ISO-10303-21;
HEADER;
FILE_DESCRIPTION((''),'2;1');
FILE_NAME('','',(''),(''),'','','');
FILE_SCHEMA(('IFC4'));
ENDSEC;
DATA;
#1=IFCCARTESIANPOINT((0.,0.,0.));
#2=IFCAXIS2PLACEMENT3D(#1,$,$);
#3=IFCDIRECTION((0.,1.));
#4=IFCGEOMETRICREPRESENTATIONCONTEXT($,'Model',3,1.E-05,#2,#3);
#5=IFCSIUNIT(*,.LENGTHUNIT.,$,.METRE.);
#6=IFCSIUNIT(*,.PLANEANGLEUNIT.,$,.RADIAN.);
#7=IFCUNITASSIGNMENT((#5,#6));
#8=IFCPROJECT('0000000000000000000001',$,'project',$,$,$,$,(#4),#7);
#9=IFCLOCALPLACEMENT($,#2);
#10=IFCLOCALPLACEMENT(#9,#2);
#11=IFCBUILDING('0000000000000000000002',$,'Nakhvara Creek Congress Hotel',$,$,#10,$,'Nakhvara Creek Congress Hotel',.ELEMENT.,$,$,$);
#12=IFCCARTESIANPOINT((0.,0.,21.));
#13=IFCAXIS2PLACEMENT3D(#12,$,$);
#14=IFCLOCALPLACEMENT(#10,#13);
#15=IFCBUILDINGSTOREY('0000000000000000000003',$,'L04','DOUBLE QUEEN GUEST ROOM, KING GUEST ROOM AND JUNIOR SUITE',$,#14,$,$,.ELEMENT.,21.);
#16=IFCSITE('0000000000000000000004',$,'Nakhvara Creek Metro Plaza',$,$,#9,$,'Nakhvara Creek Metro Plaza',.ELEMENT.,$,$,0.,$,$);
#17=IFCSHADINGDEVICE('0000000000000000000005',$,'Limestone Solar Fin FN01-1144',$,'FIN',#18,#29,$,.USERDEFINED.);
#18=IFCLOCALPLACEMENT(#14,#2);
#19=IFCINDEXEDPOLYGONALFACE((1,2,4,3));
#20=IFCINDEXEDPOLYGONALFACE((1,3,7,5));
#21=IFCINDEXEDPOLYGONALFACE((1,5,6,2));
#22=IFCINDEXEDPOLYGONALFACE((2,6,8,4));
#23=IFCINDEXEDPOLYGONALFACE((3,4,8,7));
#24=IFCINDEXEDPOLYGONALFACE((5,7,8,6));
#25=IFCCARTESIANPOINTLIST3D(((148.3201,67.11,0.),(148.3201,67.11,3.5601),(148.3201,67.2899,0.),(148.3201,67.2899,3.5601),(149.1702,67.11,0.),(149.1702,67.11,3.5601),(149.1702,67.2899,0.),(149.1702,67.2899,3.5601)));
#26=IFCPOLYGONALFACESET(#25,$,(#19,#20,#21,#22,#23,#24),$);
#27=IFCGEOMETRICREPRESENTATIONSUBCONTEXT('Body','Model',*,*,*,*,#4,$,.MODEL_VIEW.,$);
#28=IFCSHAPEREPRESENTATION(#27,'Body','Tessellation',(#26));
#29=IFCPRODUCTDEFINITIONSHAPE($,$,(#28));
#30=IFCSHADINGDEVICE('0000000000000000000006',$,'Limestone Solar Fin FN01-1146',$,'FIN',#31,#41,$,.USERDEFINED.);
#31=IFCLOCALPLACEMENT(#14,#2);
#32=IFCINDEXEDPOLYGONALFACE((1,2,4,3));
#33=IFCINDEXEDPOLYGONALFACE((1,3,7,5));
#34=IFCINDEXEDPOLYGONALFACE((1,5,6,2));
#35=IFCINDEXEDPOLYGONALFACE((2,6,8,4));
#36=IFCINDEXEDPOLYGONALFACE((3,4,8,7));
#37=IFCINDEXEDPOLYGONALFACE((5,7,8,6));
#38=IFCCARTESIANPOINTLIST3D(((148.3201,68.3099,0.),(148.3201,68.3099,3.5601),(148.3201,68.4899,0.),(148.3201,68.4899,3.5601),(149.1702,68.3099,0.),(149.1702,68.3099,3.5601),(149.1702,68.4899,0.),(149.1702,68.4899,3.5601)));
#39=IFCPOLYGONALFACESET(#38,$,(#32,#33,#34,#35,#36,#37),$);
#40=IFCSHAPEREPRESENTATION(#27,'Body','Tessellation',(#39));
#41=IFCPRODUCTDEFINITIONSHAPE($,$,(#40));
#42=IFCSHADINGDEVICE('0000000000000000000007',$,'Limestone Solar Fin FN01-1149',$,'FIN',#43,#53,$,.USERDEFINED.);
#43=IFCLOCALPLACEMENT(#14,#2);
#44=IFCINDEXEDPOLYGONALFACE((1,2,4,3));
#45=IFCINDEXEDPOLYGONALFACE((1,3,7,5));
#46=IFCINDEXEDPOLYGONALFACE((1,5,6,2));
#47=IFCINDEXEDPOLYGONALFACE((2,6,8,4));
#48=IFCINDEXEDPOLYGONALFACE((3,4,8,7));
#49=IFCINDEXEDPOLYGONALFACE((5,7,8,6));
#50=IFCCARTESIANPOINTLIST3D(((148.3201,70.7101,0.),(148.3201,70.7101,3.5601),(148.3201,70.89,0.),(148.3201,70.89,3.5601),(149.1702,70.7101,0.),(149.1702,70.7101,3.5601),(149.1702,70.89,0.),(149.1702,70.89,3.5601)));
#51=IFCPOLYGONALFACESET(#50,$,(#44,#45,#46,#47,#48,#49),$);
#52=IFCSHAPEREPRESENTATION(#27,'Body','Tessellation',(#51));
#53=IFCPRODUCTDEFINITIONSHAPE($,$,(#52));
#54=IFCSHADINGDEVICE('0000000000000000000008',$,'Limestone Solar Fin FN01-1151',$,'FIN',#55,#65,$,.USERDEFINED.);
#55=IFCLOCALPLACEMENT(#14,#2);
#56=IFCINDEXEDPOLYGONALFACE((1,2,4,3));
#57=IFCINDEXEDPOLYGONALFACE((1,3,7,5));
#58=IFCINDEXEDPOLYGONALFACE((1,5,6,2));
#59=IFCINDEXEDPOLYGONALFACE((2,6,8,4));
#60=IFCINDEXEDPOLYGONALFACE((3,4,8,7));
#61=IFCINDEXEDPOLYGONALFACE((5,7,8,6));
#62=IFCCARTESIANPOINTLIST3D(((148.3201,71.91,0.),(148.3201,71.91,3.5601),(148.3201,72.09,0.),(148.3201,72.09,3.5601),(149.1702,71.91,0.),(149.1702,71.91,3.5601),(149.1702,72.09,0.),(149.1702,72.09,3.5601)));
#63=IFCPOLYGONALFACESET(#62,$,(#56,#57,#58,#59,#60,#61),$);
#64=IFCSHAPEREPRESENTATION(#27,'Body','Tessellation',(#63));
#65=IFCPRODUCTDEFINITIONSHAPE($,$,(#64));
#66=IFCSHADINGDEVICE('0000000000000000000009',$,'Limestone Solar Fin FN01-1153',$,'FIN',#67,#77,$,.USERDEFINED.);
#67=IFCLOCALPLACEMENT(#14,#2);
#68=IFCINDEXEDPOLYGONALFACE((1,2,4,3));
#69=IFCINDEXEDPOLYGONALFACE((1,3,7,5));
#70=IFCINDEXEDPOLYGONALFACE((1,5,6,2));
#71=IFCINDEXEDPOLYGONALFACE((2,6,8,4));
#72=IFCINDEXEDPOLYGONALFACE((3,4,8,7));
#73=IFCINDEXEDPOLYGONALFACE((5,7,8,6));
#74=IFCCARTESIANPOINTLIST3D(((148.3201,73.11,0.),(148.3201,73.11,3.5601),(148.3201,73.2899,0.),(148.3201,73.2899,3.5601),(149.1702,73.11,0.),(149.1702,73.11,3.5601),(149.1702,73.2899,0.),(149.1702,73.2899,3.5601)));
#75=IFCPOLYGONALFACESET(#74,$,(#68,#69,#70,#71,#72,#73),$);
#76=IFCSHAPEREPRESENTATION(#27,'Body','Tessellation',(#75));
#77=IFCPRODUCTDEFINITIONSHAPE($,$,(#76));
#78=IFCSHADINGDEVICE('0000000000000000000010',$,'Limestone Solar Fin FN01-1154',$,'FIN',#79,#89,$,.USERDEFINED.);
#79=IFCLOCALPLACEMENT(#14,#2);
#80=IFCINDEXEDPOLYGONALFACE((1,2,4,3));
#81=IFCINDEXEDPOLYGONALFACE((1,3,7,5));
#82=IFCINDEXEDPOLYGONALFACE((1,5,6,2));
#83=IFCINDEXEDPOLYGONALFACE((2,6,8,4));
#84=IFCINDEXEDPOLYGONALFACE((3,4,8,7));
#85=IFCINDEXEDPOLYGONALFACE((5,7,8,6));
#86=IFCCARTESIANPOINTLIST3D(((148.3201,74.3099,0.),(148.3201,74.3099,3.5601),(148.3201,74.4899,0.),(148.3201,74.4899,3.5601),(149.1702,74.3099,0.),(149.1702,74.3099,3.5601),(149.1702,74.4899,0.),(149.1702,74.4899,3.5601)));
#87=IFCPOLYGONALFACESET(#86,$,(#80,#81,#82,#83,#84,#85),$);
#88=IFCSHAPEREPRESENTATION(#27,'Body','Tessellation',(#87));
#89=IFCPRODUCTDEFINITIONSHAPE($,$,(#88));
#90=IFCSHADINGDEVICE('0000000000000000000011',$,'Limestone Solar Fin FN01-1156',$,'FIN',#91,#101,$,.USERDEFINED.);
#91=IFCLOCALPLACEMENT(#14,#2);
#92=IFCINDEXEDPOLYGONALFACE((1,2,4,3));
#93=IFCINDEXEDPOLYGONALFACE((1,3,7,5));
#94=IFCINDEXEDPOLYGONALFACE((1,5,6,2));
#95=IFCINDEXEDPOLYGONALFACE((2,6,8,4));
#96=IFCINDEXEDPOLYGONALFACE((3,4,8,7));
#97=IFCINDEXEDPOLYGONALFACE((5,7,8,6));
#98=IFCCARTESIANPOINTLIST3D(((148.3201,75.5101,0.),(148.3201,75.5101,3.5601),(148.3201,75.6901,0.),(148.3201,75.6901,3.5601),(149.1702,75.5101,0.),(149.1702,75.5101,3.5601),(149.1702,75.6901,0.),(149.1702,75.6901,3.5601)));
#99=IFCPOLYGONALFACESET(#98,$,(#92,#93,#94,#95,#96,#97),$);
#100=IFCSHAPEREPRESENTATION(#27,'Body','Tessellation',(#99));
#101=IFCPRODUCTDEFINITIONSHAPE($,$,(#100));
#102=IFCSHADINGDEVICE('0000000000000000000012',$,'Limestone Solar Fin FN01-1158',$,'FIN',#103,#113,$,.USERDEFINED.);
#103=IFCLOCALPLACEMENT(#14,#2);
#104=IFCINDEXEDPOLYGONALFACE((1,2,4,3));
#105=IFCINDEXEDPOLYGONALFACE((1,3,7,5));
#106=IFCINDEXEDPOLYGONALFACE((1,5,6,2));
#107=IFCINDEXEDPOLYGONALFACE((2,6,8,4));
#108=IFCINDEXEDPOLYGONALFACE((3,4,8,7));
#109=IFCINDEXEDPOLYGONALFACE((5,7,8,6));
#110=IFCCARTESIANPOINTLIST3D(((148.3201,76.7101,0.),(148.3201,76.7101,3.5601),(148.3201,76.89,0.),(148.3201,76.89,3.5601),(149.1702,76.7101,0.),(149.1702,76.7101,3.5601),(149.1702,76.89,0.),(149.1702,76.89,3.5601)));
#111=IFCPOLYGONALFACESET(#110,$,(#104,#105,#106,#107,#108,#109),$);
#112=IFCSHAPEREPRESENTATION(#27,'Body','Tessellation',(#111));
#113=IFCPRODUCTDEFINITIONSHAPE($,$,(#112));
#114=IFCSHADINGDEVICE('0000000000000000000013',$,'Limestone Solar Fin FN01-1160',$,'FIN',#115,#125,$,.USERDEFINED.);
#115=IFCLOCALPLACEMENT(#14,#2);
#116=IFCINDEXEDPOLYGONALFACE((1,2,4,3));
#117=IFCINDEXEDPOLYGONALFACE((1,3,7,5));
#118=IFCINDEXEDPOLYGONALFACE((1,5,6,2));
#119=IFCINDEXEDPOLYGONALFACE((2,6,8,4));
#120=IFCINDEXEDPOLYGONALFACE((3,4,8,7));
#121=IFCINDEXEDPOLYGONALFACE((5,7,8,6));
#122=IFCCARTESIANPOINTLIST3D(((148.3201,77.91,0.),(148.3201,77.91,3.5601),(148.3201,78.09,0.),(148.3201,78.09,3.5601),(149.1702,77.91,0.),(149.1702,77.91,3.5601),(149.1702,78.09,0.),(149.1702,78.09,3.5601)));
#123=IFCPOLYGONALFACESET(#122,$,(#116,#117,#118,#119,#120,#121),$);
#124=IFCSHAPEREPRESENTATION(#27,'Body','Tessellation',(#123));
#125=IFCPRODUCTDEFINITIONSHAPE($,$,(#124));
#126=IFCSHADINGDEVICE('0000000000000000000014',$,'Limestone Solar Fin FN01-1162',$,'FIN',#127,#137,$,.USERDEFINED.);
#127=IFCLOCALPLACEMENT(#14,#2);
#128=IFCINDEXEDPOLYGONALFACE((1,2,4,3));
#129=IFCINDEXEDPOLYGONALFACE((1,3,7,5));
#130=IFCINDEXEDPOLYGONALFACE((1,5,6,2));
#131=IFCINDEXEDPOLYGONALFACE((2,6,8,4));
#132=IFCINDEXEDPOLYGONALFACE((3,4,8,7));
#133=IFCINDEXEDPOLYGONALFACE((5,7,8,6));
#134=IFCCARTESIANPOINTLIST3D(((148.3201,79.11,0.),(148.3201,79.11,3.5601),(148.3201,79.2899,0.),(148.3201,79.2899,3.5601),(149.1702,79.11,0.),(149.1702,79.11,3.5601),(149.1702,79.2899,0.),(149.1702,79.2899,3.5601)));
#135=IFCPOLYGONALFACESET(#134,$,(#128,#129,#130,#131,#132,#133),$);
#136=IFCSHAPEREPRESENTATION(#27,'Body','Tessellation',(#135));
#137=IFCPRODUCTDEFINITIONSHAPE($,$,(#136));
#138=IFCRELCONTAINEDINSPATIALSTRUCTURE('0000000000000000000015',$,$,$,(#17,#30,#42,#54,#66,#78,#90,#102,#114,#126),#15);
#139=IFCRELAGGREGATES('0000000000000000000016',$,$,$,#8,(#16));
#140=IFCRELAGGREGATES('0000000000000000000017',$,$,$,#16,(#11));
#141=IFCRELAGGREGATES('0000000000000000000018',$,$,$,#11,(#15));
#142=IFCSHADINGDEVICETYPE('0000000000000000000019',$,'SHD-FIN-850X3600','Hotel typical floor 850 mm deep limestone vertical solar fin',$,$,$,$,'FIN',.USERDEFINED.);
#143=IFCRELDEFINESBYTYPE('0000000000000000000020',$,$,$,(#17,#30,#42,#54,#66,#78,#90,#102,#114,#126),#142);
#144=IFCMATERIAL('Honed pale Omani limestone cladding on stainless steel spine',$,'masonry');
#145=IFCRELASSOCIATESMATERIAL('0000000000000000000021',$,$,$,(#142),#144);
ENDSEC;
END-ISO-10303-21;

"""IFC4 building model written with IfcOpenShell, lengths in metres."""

from ifc_helpers import new_model, si_unit, direction, frame, origin, origin_2d, place, context, subcontext, project, spatial, rectangle, extrude, material, type_object, element, save


model = new_model("IFC4")

# Units and contexts
model_context = context("Model", 3, precision=1e-05, world=origin(), true_north=direction((0.0, 1.0)))
body_context = subcontext(model_context, "Body", "Model", "MODEL_VIEW")
ifc_project = project(units=[si_unit("LENGTHUNIT", "METRE"), si_unit("PLANEANGLEUNIT", "RADIAN")], contexts=[model_context])

# Site, building, storey
site_placement = place(None, origin())
site = spatial("IfcSite", under=ifc_project, at=site_placement, Name="Nakhvara Creek Metro Plaza", LongName="Nakhvara Creek Metro Plaza", CompositionType="ELEMENT", RefElevation=0.0)
building_placement = place(site_placement, origin())
building = spatial("IfcBuilding", under=site, at=building_placement, Name="Nakhvara Creek Congress Hotel", LongName="Nakhvara Creek Congress Hotel", CompositionType="ELEMENT")
storey_placement = place(building_placement, frame((0.0, 0.0, 21.0)))
storey = spatial("IfcBuildingStorey", under=building, at=storey_placement, Name="L04", Description="DOUBLE QUEEN GUEST ROOM, KING GUEST ROOM AND JUNIOR SUITE", CompositionType="ELEMENT", Elevation=21.0)

# Shading devices
ifc_material_1 = material(Name="Honed pale Omani limestone cladding on stainless steel spine", Category="masonry")
shading_device_type = type_object("IfcShadingDeviceType", Name="SHD-FIN-850X3600", Description="Hotel typical floor 850 mm deep limestone vertical solar fin", ElementType="FIN", PredefinedType="USERDEFINED", material=ifc_material_1)
for number, where, z_axis, x_axis, name in (
    (1, (148.7451, 67.2, 0.0), (0.0, 0.0, 1.0), (0.0, 1.0, 0.0), "Limestone Solar Fin FN01-1144"),
    (2, (148.7451, 68.3999, 0.0), (0.0, 0.0, 1.0), (0.0, 1.0, 0.0), "Limestone Solar Fin FN01-1146"),
    (3, (148.7451, 70.8, 0.0), (0.0, 0.0, 1.0), (0.0, 1.0, 0.0), "Limestone Solar Fin FN01-1149"),
    (4, (148.7451, 72.0, 0.0), (0.0, 0.0, 1.0), (0.0, 1.0, 0.0), "Limestone Solar Fin FN01-1151"),
    (5, (148.7451, 73.2, 0.0), (0.0, 0.0, 1.0), (0.0, 1.0, 0.0), "Limestone Solar Fin FN01-1153"),
    (6, (148.7451, 74.3999, 0.0), (0.0, 0.0, 1.0), (0.0, 1.0, 0.0), "Limestone Solar Fin FN01-1154"),
    (7, (148.7451, 75.6001, 0.0), (0.0, 0.0, 1.0), (0.0, 1.0, 0.0), "Limestone Solar Fin FN01-1156"),
    (8, (148.7451, 76.8, 0.0), (0.0, 0.0, 1.0), (0.0, 1.0, 0.0), "Limestone Solar Fin FN01-1158"),
    (9, (148.7451, 78.0, 0.0), (0.0, 0.0, 1.0), (0.0, 1.0, 0.0), "Limestone Solar Fin FN01-1160"),
    (10, (148.7451, 79.2, 0.0), (0.0, 0.0, 1.0), (0.0, 1.0, 0.0), "Limestone Solar Fin FN01-1162"),
):
    element("IfcShadingDevice", number, at=place(storey_placement, frame(where, z_axis=z_axis, x_axis=x_axis)), inside=storey, type_object=shading_device_type, Name=name, ObjectType="FIN", PredefinedType="USERDEFINED", context=body_context, shape_type="SweptSolid", body=[
        extrude(rectangle(XDim=0.1799, YDim=0.8501, at=origin_2d()), origin(), (0.0, 0.0, 1.0), 3.5601),
    ])

save(model, "model.ifc")
